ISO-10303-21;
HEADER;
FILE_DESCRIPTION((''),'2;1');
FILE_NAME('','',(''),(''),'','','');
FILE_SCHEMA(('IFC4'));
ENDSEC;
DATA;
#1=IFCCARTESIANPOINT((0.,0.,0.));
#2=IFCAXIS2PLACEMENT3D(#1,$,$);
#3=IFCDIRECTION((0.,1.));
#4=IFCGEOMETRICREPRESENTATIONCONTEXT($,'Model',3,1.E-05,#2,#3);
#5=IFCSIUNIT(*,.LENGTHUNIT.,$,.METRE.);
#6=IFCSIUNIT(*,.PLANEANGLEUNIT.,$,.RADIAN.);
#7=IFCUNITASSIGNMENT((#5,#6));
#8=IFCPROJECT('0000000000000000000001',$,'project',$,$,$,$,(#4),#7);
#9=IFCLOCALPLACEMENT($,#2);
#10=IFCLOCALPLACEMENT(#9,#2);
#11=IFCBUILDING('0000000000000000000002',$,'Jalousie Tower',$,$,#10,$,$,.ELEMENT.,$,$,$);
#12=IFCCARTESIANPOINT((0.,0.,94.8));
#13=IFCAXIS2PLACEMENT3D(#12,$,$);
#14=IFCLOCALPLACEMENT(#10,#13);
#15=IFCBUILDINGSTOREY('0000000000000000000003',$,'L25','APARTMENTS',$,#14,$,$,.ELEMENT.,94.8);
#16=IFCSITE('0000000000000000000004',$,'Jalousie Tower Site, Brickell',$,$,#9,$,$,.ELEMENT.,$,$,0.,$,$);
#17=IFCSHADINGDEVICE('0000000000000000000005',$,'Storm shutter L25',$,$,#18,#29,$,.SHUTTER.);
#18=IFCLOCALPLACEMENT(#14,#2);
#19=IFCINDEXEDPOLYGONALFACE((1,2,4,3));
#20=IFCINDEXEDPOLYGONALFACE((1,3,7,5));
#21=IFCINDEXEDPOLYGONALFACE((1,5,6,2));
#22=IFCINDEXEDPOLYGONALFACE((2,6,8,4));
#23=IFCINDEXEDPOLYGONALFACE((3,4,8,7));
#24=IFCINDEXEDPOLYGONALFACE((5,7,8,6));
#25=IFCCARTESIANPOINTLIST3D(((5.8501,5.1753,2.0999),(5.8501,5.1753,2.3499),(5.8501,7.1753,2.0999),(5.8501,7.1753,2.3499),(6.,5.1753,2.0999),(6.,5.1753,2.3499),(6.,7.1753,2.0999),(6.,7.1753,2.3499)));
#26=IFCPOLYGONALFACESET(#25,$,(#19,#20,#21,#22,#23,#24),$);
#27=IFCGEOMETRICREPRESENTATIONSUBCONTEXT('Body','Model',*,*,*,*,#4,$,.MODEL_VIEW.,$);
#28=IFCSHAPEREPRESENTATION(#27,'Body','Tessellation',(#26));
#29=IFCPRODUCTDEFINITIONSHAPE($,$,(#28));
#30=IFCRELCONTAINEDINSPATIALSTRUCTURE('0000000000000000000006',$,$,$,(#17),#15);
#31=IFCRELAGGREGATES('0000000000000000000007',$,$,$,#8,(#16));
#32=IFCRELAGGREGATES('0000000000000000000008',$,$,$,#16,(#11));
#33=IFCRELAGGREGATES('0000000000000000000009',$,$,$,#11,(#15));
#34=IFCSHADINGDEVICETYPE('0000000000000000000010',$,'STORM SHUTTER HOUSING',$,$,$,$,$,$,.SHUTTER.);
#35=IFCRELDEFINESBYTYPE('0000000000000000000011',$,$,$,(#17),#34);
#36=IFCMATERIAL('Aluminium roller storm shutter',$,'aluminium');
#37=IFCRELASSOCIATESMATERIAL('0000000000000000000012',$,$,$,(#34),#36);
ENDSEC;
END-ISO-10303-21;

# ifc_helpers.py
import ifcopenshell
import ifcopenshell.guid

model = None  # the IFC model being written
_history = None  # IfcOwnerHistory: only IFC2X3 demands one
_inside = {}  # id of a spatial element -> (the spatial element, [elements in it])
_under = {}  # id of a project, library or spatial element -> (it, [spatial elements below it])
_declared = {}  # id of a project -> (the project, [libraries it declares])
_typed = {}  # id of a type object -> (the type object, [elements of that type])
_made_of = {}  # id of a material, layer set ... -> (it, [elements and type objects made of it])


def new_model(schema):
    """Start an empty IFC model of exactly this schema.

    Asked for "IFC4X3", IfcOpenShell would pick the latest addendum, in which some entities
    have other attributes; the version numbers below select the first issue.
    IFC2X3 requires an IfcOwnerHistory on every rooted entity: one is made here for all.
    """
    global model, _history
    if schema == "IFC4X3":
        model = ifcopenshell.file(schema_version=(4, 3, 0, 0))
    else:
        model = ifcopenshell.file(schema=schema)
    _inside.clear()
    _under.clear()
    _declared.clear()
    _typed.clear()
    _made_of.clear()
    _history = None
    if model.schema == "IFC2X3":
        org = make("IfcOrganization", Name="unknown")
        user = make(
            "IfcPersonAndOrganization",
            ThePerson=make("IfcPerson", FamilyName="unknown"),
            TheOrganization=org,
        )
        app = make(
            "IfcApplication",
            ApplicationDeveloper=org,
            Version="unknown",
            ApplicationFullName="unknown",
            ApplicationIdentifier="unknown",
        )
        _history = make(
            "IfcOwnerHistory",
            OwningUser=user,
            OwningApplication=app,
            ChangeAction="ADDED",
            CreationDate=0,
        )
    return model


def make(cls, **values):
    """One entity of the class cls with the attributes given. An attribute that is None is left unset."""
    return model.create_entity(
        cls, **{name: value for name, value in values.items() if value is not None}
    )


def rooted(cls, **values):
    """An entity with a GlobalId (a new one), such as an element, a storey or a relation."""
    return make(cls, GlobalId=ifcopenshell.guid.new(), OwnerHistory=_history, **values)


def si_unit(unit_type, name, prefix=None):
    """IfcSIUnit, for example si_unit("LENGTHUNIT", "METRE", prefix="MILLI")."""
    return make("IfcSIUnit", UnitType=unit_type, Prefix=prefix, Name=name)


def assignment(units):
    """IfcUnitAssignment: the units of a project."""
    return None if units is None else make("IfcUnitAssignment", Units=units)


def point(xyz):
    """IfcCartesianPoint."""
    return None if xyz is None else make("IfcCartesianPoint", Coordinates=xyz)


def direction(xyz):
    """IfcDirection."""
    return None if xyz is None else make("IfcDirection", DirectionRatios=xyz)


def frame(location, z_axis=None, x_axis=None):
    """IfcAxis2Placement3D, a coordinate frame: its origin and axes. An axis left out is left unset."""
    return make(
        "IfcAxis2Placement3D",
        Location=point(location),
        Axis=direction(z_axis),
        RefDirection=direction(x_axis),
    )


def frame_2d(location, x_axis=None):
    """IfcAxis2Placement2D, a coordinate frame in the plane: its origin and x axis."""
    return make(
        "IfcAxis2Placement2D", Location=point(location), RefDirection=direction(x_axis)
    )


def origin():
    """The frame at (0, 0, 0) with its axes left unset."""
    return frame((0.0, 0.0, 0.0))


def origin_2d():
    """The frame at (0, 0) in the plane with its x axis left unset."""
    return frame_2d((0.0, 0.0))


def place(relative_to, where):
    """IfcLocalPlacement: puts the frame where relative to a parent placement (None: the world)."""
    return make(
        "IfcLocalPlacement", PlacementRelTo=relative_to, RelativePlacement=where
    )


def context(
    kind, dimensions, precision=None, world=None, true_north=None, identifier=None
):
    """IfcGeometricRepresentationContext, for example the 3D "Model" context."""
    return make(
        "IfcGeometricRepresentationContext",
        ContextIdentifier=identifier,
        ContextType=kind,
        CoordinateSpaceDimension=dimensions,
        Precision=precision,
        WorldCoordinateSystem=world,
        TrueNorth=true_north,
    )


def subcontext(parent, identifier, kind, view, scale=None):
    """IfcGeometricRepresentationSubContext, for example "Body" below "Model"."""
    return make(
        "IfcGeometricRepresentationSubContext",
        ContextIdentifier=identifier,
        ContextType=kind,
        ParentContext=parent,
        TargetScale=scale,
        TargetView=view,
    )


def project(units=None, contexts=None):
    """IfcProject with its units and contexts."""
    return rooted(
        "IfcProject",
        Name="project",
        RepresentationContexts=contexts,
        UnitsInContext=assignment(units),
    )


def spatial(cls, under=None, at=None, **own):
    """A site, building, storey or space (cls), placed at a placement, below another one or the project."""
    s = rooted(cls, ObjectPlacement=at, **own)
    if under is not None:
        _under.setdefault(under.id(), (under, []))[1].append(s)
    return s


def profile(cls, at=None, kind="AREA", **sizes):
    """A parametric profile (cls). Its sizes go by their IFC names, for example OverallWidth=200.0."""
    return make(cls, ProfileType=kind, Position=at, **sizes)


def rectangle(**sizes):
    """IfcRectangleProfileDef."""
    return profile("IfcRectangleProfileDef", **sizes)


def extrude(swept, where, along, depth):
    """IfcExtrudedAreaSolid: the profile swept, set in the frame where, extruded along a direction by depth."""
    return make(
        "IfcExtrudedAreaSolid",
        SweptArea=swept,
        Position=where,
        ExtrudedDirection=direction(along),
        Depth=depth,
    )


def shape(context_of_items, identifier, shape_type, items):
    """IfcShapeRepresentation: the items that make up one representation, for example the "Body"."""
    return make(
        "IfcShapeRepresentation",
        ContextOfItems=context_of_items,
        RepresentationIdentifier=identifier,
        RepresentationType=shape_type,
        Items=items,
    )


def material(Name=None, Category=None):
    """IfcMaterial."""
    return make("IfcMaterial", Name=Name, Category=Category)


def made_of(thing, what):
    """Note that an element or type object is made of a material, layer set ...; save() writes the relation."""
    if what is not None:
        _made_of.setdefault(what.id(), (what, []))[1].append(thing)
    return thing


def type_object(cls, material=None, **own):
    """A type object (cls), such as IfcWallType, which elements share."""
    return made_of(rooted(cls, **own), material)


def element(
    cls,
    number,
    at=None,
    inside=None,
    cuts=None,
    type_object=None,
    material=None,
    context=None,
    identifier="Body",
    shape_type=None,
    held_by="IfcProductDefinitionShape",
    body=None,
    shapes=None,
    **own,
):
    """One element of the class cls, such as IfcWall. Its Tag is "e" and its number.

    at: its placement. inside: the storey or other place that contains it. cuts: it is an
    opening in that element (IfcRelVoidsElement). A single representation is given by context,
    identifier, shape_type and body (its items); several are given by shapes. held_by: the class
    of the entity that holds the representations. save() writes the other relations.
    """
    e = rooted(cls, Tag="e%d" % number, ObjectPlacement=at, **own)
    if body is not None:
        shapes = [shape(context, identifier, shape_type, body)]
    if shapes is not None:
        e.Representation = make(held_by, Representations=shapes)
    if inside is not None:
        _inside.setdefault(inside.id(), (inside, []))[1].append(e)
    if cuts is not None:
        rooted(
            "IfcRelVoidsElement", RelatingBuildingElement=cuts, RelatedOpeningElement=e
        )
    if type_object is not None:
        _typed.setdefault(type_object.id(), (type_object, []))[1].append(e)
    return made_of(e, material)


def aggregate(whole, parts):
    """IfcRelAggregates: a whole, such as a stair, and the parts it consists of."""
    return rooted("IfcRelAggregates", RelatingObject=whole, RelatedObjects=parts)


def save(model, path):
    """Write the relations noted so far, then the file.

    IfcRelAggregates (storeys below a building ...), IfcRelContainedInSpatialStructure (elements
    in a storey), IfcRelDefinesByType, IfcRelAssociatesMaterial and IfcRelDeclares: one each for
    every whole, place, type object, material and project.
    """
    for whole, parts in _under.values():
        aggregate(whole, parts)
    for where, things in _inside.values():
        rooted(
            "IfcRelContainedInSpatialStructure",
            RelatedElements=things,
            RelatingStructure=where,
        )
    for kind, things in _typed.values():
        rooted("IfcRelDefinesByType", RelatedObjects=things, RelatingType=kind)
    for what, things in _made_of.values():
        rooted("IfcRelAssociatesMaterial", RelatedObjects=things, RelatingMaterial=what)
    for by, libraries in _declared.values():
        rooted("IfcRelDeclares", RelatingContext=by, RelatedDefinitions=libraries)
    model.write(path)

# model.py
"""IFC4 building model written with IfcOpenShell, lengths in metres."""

from ifc_helpers import new_model, si_unit, direction, frame, origin, origin_2d, place, context, subcontext, project, spatial, rectangle, extrude, material, type_object, element, save


model = new_model("IFC4")

# Units and contexts
model_context = context("Model", 3, precision=1e-05, world=origin(), true_north=direction((0.0, 1.0)))
body_context = subcontext(model_context, "Body", "Model", "MODEL_VIEW")
ifc_project = project(units=[si_unit("LENGTHUNIT", "METRE"), si_unit("PLANEANGLEUNIT", "RADIAN")], contexts=[model_context])

# Site, building, storey
site_placement = place(None, origin())
site = spatial("IfcSite", under=ifc_project, at=site_placement, Name="Jalousie Tower Site, Brickell", CompositionType="ELEMENT", RefElevation=0.0)
building_placement = place(site_placement, origin())
building = spatial("IfcBuilding", under=site, at=building_placement, Name="Jalousie Tower", CompositionType="ELEMENT")
storey_placement = place(building_placement, frame((0.0, 0.0, 94.8)))
storey = spatial("IfcBuildingStorey", under=building, at=storey_placement, Name="L25", Description="APARTMENTS", CompositionType="ELEMENT", Elevation=94.8)

# Shading device
ifc_material_1 = material(Name="Aluminium roller storm shutter", Category="aluminium")
shading_device_type = type_object("IfcShadingDeviceType", Name="STORM SHUTTER HOUSING", PredefinedType="SHUTTER", material=ifc_material_1)
for number, where, z_axis, x_axis, name in (
    (1, (5.925, 6.1753, 2.0999), (0.0, 0.0, 1.0), (0.0, -1.0, 0.0), "Storm shutter L25"),
):
    element("IfcShadingDevice", number, at=place(storey_placement, frame(where, z_axis=z_axis, x_axis=x_axis)), inside=storey, type_object=shading_device_type, Name=name, PredefinedType="SHUTTER", context=body_context, shape_type="SweptSolid", body=[
        extrude(rectangle(XDim=2.0, YDim=0.1499, at=origin_2d()), origin(), (0.0, 0.0, 1.0), 0.25),
    ])

save(model, "model.ifc")
